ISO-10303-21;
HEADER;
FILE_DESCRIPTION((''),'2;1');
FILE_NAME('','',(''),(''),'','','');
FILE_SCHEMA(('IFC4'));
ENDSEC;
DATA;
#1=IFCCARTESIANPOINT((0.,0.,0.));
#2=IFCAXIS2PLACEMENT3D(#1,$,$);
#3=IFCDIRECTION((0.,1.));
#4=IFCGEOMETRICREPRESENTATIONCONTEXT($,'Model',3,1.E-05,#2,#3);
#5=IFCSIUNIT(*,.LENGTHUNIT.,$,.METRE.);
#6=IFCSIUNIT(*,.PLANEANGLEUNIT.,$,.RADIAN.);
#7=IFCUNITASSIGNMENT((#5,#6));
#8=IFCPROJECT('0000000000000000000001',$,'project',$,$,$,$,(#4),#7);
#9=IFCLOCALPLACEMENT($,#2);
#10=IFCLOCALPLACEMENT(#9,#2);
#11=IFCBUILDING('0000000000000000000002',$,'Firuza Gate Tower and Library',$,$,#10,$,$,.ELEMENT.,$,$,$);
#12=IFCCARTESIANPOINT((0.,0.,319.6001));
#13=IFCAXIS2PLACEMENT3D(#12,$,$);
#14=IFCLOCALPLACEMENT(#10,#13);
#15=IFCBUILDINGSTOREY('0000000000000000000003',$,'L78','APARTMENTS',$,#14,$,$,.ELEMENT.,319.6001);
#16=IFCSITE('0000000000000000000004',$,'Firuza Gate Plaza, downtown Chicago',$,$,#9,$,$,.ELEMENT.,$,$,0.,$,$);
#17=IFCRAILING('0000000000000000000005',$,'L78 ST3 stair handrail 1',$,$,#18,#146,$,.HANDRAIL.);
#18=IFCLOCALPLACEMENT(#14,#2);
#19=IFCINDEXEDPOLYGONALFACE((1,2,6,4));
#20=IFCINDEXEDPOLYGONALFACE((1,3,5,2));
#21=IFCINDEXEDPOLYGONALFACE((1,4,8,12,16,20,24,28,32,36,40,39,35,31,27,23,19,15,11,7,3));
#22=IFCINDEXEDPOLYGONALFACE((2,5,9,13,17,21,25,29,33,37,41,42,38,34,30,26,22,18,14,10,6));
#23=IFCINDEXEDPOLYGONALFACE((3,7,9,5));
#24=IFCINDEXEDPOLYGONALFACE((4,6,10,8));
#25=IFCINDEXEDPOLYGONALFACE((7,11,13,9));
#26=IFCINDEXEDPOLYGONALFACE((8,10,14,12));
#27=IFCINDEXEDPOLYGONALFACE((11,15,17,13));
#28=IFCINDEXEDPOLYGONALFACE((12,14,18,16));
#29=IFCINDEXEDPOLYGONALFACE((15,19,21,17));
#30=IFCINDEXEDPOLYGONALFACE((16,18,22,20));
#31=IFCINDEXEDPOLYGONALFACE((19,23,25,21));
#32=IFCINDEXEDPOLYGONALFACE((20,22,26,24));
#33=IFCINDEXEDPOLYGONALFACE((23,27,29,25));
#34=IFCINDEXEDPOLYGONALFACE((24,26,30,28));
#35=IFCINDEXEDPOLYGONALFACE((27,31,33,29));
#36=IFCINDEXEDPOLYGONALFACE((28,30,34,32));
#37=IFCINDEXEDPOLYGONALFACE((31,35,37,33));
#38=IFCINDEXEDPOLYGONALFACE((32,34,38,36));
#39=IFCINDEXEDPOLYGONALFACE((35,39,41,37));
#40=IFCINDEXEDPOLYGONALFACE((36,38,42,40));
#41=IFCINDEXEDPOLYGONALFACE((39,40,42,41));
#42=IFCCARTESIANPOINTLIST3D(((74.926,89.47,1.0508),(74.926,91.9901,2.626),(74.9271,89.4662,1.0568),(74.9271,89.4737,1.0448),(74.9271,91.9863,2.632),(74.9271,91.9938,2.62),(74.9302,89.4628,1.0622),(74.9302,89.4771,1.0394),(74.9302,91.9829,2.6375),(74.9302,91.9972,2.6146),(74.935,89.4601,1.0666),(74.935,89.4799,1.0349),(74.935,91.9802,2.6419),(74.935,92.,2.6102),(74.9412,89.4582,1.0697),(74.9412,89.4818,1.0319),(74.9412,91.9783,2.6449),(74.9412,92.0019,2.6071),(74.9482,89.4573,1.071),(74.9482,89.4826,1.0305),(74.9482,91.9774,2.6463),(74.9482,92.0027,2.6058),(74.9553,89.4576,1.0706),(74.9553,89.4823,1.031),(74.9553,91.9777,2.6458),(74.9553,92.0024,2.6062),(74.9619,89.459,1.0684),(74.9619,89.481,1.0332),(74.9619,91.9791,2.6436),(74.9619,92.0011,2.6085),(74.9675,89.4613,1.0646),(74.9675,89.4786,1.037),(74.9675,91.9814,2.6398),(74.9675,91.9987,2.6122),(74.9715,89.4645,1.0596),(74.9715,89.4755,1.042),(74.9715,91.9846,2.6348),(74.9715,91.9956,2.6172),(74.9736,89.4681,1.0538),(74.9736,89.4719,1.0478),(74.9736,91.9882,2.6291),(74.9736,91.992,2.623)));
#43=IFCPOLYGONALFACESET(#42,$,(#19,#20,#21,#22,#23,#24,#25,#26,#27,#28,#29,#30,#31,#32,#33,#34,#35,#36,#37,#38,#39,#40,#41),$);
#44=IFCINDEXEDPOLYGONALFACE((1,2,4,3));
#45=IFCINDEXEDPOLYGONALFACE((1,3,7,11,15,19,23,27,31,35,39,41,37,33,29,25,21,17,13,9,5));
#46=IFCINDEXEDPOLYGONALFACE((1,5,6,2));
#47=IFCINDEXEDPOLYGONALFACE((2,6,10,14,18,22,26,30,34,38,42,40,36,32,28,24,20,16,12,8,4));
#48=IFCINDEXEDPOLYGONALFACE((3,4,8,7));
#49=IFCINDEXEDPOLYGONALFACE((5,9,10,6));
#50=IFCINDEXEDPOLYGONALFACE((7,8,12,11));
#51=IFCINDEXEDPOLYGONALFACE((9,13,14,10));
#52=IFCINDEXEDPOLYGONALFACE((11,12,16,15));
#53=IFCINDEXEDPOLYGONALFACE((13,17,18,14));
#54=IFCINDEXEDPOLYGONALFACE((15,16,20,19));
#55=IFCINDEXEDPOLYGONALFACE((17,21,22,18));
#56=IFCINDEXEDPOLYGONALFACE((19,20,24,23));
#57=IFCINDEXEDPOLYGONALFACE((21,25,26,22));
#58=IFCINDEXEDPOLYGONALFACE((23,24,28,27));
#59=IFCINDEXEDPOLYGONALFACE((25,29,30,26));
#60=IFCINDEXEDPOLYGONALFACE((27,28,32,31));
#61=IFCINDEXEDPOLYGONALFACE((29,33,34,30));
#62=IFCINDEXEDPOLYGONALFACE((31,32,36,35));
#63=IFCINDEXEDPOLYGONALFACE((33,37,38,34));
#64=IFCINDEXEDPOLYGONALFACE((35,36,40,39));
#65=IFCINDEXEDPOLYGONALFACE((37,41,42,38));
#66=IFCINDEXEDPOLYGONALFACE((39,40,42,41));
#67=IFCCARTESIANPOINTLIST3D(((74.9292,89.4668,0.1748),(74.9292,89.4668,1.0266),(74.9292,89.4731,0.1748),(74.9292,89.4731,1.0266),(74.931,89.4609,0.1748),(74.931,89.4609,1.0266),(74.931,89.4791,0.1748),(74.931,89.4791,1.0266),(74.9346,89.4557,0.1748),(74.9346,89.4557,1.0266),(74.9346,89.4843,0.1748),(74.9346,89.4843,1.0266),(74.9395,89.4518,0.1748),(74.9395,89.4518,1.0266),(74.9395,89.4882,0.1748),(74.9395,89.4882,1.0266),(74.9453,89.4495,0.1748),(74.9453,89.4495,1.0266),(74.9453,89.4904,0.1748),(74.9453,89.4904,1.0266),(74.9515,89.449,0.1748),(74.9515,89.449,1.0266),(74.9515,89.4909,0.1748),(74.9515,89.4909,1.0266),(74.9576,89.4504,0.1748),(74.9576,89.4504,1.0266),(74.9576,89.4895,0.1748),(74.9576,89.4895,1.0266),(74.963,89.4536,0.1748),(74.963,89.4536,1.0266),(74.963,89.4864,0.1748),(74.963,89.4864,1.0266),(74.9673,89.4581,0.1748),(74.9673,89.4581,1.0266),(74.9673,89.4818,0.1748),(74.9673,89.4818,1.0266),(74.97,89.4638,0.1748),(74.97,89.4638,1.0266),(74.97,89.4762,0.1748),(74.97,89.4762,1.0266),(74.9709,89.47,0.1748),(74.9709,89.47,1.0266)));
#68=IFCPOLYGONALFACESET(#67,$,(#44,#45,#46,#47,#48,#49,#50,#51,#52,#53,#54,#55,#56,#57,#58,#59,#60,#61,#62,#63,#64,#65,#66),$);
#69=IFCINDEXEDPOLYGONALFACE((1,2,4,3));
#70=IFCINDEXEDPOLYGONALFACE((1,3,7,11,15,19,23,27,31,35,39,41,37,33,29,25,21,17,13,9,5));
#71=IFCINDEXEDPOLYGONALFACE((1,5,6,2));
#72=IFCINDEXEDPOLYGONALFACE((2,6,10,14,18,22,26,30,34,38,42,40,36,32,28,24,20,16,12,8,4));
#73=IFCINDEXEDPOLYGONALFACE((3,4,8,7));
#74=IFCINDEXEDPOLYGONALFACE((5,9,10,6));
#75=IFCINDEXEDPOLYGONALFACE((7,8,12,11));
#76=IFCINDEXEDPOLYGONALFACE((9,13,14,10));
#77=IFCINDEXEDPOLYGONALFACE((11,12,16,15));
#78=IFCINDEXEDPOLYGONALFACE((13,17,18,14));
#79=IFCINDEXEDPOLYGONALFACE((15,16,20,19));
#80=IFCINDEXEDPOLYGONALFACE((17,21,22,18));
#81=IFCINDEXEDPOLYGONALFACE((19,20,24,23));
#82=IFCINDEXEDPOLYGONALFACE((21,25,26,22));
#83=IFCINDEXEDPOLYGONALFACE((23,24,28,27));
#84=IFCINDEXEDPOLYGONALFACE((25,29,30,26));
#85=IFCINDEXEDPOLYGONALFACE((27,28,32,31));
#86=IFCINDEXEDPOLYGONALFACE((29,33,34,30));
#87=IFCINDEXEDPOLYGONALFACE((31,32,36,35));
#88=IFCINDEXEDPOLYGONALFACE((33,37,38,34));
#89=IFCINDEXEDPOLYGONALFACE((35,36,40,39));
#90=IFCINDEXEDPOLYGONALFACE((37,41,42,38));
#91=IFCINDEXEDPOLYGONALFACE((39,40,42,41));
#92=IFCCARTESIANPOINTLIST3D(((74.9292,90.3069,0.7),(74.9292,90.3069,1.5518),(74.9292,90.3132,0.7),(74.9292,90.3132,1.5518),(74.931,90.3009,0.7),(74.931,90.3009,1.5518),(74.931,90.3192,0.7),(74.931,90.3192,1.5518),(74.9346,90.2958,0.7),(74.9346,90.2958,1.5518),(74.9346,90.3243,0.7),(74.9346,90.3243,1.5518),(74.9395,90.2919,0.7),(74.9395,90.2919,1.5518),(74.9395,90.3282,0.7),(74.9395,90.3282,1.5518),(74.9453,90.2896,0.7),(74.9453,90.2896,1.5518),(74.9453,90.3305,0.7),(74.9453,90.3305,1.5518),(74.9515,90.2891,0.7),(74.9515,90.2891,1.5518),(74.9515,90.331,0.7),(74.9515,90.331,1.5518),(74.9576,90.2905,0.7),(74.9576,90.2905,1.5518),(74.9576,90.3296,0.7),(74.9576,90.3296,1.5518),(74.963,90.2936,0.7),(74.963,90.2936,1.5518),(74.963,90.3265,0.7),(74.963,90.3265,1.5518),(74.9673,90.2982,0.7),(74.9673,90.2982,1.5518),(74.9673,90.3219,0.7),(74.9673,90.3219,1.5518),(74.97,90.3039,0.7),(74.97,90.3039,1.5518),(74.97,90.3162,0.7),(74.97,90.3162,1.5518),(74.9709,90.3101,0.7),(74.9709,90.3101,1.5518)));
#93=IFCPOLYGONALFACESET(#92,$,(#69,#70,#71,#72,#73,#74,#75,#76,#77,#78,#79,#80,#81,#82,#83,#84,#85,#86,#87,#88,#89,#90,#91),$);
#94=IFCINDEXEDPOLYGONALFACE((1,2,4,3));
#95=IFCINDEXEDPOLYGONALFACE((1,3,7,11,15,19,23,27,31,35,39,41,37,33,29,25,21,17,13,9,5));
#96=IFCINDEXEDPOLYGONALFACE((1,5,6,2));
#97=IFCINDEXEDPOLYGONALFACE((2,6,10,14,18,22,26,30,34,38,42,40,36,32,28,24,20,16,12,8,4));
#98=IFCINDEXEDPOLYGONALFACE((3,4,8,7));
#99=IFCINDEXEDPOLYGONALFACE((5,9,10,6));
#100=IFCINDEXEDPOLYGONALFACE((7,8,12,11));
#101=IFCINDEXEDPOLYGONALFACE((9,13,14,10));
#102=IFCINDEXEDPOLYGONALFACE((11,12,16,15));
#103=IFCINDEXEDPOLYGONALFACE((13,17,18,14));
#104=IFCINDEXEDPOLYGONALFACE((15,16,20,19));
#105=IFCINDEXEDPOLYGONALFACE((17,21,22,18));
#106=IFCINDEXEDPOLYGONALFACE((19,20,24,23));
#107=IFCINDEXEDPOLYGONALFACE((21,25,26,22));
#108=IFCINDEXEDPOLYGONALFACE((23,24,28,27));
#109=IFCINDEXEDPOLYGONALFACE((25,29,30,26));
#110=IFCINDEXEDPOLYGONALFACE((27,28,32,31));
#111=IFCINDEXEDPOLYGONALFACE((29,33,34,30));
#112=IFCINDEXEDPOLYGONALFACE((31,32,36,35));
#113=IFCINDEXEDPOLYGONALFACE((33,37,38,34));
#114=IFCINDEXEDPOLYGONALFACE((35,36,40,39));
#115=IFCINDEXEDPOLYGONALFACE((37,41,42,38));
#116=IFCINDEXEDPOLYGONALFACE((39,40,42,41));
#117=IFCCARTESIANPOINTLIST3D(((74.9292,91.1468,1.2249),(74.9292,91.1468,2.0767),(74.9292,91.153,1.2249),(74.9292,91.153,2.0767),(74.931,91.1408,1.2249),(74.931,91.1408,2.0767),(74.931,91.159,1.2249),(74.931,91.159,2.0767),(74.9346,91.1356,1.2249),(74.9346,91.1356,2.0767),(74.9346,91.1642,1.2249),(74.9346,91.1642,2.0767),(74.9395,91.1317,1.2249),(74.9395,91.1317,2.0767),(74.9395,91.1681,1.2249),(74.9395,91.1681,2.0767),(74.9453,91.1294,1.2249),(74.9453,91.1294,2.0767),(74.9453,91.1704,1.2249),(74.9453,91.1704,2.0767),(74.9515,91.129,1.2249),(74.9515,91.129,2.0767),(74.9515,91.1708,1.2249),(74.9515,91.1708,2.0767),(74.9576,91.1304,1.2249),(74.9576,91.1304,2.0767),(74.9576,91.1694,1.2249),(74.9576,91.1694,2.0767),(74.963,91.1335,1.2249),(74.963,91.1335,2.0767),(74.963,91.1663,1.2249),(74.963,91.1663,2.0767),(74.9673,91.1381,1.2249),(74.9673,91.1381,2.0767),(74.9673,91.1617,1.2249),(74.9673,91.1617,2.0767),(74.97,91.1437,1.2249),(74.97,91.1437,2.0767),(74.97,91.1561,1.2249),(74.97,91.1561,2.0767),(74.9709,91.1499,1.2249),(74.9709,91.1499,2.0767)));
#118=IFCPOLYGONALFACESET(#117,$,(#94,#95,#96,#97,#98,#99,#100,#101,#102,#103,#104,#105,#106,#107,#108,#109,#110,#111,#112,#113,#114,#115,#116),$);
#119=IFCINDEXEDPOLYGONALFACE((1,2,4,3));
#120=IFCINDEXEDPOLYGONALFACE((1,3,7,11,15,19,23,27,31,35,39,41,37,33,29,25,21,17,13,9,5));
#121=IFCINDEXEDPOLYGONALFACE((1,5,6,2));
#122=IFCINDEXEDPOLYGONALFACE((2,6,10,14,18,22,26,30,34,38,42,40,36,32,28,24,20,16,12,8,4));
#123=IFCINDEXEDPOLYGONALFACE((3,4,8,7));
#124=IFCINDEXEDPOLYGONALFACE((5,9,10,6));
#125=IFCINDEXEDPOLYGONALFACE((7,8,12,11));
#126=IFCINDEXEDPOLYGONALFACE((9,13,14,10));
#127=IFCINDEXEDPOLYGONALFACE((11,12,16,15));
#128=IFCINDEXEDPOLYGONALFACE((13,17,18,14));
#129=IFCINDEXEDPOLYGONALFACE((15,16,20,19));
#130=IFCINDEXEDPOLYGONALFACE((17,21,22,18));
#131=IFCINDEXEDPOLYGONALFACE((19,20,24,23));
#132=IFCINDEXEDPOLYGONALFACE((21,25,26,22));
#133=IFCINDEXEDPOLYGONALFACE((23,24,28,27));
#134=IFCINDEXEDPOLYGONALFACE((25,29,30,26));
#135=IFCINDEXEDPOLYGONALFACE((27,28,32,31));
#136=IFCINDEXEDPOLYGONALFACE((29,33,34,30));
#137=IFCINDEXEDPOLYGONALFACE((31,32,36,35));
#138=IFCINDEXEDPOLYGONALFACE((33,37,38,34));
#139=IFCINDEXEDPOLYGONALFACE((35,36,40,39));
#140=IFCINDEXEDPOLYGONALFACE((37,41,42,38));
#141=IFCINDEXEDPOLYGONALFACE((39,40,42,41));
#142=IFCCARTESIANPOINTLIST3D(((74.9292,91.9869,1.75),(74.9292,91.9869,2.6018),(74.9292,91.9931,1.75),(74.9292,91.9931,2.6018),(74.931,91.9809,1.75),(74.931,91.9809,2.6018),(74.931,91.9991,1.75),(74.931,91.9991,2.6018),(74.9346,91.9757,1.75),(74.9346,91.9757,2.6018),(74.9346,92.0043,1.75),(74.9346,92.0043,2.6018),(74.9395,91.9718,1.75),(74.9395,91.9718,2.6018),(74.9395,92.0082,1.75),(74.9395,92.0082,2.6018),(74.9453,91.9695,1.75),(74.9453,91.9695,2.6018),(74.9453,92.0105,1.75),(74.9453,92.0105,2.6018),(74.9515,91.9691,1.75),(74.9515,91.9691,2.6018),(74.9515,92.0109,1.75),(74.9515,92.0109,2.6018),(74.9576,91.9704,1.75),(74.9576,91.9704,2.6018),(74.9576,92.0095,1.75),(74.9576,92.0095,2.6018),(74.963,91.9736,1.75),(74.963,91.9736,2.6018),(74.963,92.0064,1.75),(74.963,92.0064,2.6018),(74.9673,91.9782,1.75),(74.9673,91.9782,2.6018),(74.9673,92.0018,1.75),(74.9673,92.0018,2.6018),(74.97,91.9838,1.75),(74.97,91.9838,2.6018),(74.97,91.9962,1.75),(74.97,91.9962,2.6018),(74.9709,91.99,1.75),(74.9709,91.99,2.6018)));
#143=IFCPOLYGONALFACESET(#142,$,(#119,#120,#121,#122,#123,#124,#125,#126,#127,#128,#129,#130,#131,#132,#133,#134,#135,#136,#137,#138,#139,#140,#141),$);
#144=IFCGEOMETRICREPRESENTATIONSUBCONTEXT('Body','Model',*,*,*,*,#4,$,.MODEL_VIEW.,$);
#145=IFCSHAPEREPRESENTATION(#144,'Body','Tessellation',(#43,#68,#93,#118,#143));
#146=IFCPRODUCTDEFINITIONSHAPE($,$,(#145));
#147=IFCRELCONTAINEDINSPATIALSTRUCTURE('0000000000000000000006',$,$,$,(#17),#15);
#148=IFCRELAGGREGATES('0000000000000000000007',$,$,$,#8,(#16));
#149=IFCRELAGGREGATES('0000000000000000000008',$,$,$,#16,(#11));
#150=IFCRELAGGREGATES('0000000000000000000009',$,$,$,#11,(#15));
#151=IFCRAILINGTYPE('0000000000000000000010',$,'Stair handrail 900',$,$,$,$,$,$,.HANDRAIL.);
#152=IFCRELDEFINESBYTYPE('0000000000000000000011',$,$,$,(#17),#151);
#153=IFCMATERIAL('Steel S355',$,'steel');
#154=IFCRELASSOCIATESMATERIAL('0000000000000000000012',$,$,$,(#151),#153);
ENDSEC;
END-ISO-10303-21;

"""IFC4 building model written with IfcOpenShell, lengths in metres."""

from ifc_helpers import new_model, si_unit, direction, frame, origin, origin_2d, place, context, subcontext, project, spatial, circle, extrude, material, type_object, element, save


model = new_model("IFC4")

# Units and contexts
model_context = context("Model", 3, precision=1e-05, world=origin(), true_north=direction((0.0, 1.0)))
body_context = subcontext(model_context, "Body", "Model", "MODEL_VIEW")
ifc_project = project(units=[si_unit("LENGTHUNIT", "METRE"), si_unit("PLANEANGLEUNIT", "RADIAN")], contexts=[model_context])

# Site, building, storey
site_placement = place(None, origin())
site = spatial("IfcSite", under=ifc_project, at=site_placement, Name="Firuza Gate Plaza, downtown Chicago", CompositionType="ELEMENT", RefElevation=0.0)
building_placement = place(site_placement, origin())
building = spatial("IfcBuilding", under=site, at=building_placement, Name="Firuza Gate Tower and Library", CompositionType="ELEMENT")
storey_placement = place(building_placement, frame((0.0, 0.0, 319.6001)))
storey = spatial("IfcBuildingStorey", under=building, at=storey_placement, Name="L78", Description="APARTMENTS", CompositionType="ELEMENT", Elevation=319.6001)

# Railing
ifc_material_1 = material(Name="Steel S355", Category="steel")
railing_type_1 = type_object("IfcRailingType", Name="Stair handrail 900", PredefinedType="HANDRAIL", material=ifc_material_1)
railing_1_placement = place(storey_placement, frame((74.95, 89.47, 0.1748)))
element("IfcRailing", 1, at=railing_1_placement, inside=storey, type_object=railing_type_1, Name="L78 ST3 stair handrail 1", PredefinedType="HANDRAIL", context=body_context, shape_type="SweptSolid", body=[
    extrude(circle(Radius=0.0239, at=origin_2d()), frame((0.0, 0.0, 0.876), z_axis=(0.0, 0.847971, 0.530043), x_axis=(-1.0, 0.0, 0.0)), (0.0, 0.0, 1.0), 2.9719),
    extrude(circle(Radius=0.021, at=origin_2d()), origin(), (0.0, 0.0, 1.0), 0.8518),
    extrude(circle(Radius=0.021, at=origin_2d()), frame((0.0, 0.8401, 0.5251)), (0.0, 0.0, 1.0), 0.8518),
    extrude(circle(Radius=0.021, at=origin_2d()), frame((0.0, 1.6799, 1.05)), (0.0, 0.0, 1.0), 0.8518),
    extrude(circle(Radius=0.021, at=origin_2d()), frame((0.0, 2.52, 1.5752)), (0.0, 0.0, 1.0), 0.8518),
])

save(model, "model.ifc")
